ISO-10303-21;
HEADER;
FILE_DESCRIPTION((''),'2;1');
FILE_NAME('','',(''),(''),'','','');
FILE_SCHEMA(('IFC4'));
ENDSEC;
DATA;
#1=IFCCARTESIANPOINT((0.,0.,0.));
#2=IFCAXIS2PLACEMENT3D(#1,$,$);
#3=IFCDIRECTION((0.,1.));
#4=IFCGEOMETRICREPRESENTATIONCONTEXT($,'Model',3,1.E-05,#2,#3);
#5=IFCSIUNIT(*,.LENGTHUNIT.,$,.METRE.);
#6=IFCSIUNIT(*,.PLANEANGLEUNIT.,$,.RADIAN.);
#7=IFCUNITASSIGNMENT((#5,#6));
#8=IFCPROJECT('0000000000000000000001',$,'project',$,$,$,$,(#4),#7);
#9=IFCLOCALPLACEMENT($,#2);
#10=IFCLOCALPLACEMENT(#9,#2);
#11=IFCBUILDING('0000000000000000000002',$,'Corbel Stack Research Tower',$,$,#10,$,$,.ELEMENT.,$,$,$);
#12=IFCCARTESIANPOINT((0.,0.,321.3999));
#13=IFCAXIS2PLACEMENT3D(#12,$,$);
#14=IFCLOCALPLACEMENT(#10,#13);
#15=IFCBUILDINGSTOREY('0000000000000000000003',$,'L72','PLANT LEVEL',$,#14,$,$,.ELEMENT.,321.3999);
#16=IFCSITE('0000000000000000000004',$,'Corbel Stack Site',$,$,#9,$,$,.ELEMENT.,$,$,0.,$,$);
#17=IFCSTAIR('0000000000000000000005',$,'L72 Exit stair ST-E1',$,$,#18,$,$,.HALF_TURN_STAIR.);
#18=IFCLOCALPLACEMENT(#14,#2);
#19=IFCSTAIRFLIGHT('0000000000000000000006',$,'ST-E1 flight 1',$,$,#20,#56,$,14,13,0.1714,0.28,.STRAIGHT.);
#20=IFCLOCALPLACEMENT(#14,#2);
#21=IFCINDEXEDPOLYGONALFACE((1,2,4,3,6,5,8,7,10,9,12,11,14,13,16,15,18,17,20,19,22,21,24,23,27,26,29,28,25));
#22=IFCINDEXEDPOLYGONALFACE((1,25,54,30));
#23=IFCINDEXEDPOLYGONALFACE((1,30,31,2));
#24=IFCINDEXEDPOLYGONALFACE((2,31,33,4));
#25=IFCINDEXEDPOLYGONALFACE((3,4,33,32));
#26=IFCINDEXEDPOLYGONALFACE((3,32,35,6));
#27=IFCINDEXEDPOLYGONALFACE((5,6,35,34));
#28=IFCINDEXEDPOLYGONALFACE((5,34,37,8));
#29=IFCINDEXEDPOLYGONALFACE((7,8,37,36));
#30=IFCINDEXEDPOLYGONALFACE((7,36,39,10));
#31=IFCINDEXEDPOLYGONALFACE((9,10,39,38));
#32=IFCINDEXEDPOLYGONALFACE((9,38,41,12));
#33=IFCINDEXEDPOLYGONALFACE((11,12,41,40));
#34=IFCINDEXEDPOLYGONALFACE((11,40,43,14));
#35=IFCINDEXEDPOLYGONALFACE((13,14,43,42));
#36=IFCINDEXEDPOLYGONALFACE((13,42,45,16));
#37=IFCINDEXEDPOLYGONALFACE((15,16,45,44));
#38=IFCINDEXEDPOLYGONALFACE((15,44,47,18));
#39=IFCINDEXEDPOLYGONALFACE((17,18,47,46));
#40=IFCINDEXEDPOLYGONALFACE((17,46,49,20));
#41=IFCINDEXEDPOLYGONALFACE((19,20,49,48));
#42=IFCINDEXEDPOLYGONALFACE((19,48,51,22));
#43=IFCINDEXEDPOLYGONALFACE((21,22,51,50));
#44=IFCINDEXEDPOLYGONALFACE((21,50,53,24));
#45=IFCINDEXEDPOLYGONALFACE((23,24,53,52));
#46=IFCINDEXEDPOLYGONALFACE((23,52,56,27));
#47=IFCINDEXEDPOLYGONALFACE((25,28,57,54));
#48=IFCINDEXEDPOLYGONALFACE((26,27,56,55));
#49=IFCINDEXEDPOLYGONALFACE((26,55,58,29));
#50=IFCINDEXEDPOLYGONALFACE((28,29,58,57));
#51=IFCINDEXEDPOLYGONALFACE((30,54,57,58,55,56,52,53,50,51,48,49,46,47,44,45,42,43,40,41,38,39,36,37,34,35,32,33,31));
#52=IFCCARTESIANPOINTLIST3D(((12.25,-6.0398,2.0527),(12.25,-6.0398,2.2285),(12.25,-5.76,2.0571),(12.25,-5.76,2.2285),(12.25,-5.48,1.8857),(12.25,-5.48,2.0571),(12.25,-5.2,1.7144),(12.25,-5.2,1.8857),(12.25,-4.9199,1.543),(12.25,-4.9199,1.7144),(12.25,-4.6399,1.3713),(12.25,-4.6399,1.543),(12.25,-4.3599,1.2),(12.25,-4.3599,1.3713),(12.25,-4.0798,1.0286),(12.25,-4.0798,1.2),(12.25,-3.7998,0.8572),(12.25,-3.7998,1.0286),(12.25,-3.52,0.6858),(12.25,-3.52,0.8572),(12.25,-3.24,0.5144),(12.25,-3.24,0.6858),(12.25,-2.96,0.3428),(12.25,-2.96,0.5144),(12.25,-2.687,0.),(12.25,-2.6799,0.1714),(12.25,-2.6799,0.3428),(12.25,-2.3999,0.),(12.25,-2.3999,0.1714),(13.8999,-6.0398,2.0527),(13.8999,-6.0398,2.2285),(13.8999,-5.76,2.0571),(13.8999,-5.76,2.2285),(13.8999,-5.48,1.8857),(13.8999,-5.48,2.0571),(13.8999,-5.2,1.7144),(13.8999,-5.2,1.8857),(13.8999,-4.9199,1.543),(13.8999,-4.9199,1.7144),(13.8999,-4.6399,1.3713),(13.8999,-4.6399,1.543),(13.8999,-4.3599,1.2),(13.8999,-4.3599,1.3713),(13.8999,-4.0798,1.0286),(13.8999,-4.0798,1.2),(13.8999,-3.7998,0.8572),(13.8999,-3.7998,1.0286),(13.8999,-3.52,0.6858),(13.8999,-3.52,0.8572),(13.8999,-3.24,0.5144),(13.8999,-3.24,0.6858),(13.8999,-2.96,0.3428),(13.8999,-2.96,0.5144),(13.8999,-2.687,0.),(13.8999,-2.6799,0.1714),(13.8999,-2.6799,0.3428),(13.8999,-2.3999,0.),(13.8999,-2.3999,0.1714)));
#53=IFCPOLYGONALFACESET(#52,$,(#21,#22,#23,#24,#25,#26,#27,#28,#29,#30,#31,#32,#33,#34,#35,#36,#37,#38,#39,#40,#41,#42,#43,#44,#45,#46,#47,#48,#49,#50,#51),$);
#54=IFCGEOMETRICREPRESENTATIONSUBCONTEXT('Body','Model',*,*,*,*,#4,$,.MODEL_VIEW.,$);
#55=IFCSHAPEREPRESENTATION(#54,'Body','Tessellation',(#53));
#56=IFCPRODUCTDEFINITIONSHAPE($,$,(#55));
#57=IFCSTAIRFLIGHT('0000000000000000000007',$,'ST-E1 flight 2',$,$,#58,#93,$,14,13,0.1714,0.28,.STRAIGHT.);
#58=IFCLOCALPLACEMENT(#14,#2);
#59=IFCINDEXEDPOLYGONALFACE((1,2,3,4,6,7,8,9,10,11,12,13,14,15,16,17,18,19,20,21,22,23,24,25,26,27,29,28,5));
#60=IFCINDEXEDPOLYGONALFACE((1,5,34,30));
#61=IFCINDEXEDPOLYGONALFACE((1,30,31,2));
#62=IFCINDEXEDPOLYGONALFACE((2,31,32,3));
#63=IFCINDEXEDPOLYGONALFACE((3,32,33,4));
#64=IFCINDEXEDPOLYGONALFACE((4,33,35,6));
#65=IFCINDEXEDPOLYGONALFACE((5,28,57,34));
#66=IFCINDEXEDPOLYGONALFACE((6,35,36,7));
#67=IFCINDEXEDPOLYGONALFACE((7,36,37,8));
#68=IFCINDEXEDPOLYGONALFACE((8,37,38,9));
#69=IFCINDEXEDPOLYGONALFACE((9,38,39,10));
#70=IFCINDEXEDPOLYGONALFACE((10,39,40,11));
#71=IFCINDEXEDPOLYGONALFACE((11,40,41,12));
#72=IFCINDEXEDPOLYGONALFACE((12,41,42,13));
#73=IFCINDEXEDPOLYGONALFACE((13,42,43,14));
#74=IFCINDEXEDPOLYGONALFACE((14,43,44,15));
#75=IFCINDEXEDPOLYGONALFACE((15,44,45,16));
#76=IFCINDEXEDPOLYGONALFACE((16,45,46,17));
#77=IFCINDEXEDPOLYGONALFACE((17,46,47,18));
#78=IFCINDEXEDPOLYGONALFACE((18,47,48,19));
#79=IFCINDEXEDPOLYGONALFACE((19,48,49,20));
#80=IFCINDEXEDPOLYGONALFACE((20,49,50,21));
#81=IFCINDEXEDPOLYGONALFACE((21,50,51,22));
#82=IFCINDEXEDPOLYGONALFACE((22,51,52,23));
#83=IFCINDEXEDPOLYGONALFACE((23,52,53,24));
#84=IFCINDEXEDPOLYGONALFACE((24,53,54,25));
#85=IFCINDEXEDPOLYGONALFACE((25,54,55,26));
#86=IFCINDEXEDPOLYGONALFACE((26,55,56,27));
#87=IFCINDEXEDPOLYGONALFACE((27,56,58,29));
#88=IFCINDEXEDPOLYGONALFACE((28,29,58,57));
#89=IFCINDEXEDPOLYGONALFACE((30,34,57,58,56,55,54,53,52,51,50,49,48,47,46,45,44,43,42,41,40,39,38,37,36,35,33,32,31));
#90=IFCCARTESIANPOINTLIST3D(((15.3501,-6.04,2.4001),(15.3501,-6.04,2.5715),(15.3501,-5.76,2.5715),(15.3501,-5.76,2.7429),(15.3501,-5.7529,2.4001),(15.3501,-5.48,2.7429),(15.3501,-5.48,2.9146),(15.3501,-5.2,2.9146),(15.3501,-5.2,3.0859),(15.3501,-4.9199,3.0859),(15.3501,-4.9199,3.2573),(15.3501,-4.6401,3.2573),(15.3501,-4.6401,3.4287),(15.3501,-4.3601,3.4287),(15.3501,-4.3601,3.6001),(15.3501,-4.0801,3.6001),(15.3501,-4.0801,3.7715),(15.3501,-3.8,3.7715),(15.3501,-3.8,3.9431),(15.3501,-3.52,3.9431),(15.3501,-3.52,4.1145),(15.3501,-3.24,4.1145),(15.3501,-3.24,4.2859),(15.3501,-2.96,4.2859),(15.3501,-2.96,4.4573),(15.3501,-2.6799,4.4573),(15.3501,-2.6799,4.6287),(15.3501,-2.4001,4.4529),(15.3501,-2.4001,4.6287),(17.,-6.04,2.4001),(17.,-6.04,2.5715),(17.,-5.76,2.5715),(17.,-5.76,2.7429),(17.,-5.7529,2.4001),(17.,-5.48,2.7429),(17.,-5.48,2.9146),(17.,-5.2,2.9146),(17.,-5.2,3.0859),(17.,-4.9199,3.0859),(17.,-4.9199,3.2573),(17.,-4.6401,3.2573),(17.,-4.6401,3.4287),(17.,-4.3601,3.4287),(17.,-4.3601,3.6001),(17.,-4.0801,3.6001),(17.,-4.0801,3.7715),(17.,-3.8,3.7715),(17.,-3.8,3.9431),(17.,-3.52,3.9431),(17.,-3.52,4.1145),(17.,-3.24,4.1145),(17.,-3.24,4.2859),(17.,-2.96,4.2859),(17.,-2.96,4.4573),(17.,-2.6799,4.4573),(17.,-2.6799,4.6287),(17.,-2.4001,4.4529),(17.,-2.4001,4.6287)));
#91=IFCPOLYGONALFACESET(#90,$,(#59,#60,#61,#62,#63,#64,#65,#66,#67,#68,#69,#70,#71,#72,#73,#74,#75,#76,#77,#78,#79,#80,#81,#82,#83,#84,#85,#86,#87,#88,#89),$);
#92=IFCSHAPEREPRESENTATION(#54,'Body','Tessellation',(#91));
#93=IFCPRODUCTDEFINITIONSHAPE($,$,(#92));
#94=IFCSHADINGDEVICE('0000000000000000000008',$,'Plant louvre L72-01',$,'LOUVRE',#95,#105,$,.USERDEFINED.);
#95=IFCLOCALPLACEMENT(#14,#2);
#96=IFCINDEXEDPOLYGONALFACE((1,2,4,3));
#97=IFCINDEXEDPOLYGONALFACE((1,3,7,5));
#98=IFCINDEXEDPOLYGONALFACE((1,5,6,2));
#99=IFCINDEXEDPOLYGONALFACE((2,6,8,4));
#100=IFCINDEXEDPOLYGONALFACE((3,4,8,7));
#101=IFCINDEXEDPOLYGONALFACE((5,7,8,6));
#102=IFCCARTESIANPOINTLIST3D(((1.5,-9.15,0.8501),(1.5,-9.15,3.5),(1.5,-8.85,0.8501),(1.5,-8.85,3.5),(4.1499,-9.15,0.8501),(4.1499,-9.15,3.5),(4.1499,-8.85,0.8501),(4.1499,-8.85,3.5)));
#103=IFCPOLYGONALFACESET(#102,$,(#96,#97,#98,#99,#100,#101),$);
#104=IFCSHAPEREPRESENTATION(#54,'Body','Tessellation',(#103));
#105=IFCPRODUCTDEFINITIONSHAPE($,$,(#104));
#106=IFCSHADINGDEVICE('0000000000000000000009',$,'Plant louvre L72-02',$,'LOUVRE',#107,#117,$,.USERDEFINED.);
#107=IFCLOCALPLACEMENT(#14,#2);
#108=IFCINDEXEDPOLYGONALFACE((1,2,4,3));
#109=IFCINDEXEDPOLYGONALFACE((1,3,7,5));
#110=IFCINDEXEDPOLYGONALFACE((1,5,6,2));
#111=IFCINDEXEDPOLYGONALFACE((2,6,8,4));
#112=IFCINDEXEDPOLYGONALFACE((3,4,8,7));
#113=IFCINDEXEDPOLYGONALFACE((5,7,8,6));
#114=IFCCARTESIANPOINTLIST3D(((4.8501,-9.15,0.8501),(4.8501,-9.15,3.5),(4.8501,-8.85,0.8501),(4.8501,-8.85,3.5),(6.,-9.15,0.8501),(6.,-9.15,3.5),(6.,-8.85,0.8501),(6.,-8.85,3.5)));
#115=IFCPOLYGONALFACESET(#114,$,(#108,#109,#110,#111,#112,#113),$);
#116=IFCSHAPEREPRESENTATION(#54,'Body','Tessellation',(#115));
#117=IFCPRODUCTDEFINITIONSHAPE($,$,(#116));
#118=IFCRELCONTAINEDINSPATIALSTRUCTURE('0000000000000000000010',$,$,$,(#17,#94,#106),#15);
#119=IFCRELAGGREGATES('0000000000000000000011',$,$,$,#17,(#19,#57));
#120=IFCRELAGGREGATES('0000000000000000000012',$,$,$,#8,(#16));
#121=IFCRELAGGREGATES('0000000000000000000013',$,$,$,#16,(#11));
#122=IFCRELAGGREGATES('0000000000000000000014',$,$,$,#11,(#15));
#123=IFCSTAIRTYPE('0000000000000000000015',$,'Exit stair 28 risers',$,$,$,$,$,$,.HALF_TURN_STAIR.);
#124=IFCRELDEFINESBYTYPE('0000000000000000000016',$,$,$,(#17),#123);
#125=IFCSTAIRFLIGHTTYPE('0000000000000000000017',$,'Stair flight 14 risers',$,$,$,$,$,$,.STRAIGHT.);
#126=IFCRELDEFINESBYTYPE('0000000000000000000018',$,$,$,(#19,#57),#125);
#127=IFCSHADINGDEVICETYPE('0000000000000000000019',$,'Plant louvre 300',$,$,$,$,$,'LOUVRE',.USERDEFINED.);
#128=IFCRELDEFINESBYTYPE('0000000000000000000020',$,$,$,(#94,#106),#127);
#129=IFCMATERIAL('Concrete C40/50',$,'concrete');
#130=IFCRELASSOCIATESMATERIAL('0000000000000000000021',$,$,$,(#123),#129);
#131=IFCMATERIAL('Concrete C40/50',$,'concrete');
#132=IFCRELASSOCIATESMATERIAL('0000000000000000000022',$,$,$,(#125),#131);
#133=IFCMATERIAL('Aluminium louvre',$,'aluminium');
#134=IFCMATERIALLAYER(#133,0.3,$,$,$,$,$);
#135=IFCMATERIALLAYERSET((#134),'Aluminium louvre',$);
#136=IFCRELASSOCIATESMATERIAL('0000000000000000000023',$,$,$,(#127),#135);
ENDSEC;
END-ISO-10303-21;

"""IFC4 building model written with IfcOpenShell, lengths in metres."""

from ifc_helpers import new_model, si_unit, direction, frame, origin, origin_2d, place, context, subcontext, project, spatial, polyline, rectangle, outline, extrude, material, layer, layer_set, type_object, element, aggregate, save


model = new_model("IFC4")

# Units and contexts
model_context = context("Model", 3, precision=1e-05, world=origin(), true_north=direction((0.0, 1.0)))
body_context = subcontext(model_context, "Body", "Model", "MODEL_VIEW")
ifc_project = project(units=[si_unit("LENGTHUNIT", "METRE"), si_unit("PLANEANGLEUNIT", "RADIAN")], contexts=[model_context])

# Site, building, storey
site_placement = place(None, origin())
site = spatial("IfcSite", under=ifc_project, at=site_placement, Name="Corbel Stack Site", CompositionType="ELEMENT", RefElevation=0.0)
building_placement = place(site_placement, origin())
building = spatial("IfcBuilding", under=site, at=building_placement, Name="Corbel Stack Research Tower", CompositionType="ELEMENT")
storey_placement = place(building_placement, frame((0.0, 0.0, 321.3999)))
storey = spatial("IfcBuildingStorey", under=building, at=storey_placement, Name="L72", Description="PLANT LEVEL", CompositionType="ELEMENT", Elevation=321.3999)

# Stair, stair flights
ifc_material_1 = material(Name="Concrete C40/50", Category="concrete")
stair_type = type_object("IfcStairType", Name="Exit stair 28 risers", PredefinedType="HALF_TURN_STAIR", material=ifc_material_1)
stair_placement = place(storey_placement, origin())
stair = element("IfcStair", 1, at=stair_placement, inside=storey, type_object=stair_type, Name="L72 Exit stair ST-E1", PredefinedType="HALF_TURN_STAIR")
ifc_material_2 = material(Name="Concrete C40/50", Category="concrete")
stair_flight_type = type_object("IfcStairFlightType", Name="Stair flight 14 risers", PredefinedType="STRAIGHT", material=ifc_material_2)
stair_flight_1_placement = place(storey_placement, frame((13.075, -2.3999, 0.0), z_axis=(0.0, 0.0, 1.0), x_axis=(0.0, -1.0, 0.0)))
stair_flight_1 = element("IfcStairFlight", 2, at=stair_flight_1_placement, type_object=stair_flight_type, Name="ST-E1 flight 1", NumberOfRisers=14, NumberOfTreads=13, PredefinedType="STRAIGHT", RiserHeight=0.1714, TreadLength=0.28, context=body_context, shape_type="SweptSolid", body=[
    extrude(outline(polyline([(0.0, 0.0), (0.0, 0.1714), (0.28, 0.1714), (0.28, 0.3428), (0.5601, 0.3428), (0.5601, 0.5144), (0.8401, 0.5144), (0.8401, 0.6858), (1.1201, 0.6858), (1.1201, 0.8572), (1.3999, 0.8572), (1.3999, 1.0286), (1.6799, 1.0286), (1.6799, 1.2), (1.96, 1.2), (1.96, 1.3713), (2.24, 1.3713), (2.24, 1.543), (2.52, 1.543), (2.52, 1.7144), (2.8, 1.7144), (2.8, 1.8857), (3.0801, 1.8857), (3.0801, 2.0571), (3.3601, 2.0571), (3.3601, 2.2285), (3.6399, 2.2285), (3.6399, 2.3999), (3.6399, 2.0527), (0.2871, 0.0), (0.0, 0.0)])), frame((0.0, 0.825, 0.0), z_axis=(0.0, -1.0, 0.0), x_axis=(1.0, 0.0, 0.0)), (0.0, 0.0, 1.0), 1.6499),
])
stair_flight_2_placement = place(storey_placement, frame((16.175, -6.04, 2.4001), z_axis=(0.0, 0.0, 1.0), x_axis=(0.0, 1.0, 0.0)))
stair_flight_2 = element("IfcStairFlight", 3, at=stair_flight_2_placement, type_object=stair_flight_type, Name="ST-E1 flight 2", NumberOfRisers=14, NumberOfTreads=13, PredefinedType="STRAIGHT", RiserHeight=0.1714, TreadLength=0.28, context=body_context, shape_type="SweptSolid", body=[
    extrude(outline(polyline([(0.0, 0.0), (0.0, 0.1714), (0.28, 0.1714), (0.28, 0.3428), (0.5601, 0.3428), (0.5601, 0.5144), (0.8401, 0.5144), (0.8401, 0.6858), (1.1201, 0.6858), (1.1201, 0.8572), (1.3999, 0.8572), (1.3999, 1.0286), (1.6799, 1.0286), (1.6799, 1.2), (1.96, 1.2), (1.96, 1.3713), (2.24, 1.3713), (2.24, 1.543), (2.52, 1.543), (2.52, 1.7144), (2.8, 1.7144), (2.8, 1.8857), (3.0801, 1.8857), (3.0801, 2.0571), (3.3601, 2.0571), (3.3601, 2.2285), (3.6399, 2.2285), (3.6399, 2.3999), (3.6399, 2.0527), (0.2871, 0.0), (0.0, 0.0)])), frame((0.0, 0.825, 0.0), z_axis=(0.0, -1.0, 0.0), x_axis=(1.0, 0.0, 0.0)), (0.0, 0.0, 1.0), 1.6499),
])
aggregate(stair, [stair_flight_1, stair_flight_2])

# Shading devices
ifc_material_3 = material(Name="Aluminium louvre", Category="aluminium")
ifc_layer_1 = layer(ifc_material_3, 0.3)
ifc_layer_set_1 = layer_set([ifc_layer_1], Name="Aluminium louvre")
shading_device_type = type_object("IfcShadingDeviceType", Name="Plant louvre 300", ElementType="LOUVRE", PredefinedType="USERDEFINED", material=ifc_layer_set_1)
shading_device_1_placement = place(storey_placement, frame((2.825, -9.0, 0.8501), z_axis=(0.0, 0.0, 1.0), x_axis=(1.0, 0.0, 0.0)))
element("IfcShadingDevice", 4, at=shading_device_1_placement, inside=storey, type_object=shading_device_type, Name="Plant louvre L72-01", ObjectType="LOUVRE", PredefinedType="USERDEFINED", context=body_context, shape_type="SweptSolid", body=[
    extrude(rectangle(XDim=2.6499, YDim=0.3, at=origin_2d()), origin(), (0.0, 0.0, 1.0), 2.6499),
])
shading_device_2_placement = place(storey_placement, frame((5.425, -9.0, 0.8501), z_axis=(0.0, 0.0, 1.0), x_axis=(1.0, 0.0, 0.0)))
element("IfcShadingDevice", 5, at=shading_device_2_placement, inside=storey, type_object=shading_device_type, Name="Plant louvre L72-02", ObjectType="LOUVRE", PredefinedType="USERDEFINED", context=body_context, shape_type="SweptSolid", body=[
    extrude(rectangle(XDim=1.1499, YDim=0.3, at=origin_2d()), origin(), (0.0, 0.0, 1.0), 2.6499),
])

save(model, "model.ifc")
